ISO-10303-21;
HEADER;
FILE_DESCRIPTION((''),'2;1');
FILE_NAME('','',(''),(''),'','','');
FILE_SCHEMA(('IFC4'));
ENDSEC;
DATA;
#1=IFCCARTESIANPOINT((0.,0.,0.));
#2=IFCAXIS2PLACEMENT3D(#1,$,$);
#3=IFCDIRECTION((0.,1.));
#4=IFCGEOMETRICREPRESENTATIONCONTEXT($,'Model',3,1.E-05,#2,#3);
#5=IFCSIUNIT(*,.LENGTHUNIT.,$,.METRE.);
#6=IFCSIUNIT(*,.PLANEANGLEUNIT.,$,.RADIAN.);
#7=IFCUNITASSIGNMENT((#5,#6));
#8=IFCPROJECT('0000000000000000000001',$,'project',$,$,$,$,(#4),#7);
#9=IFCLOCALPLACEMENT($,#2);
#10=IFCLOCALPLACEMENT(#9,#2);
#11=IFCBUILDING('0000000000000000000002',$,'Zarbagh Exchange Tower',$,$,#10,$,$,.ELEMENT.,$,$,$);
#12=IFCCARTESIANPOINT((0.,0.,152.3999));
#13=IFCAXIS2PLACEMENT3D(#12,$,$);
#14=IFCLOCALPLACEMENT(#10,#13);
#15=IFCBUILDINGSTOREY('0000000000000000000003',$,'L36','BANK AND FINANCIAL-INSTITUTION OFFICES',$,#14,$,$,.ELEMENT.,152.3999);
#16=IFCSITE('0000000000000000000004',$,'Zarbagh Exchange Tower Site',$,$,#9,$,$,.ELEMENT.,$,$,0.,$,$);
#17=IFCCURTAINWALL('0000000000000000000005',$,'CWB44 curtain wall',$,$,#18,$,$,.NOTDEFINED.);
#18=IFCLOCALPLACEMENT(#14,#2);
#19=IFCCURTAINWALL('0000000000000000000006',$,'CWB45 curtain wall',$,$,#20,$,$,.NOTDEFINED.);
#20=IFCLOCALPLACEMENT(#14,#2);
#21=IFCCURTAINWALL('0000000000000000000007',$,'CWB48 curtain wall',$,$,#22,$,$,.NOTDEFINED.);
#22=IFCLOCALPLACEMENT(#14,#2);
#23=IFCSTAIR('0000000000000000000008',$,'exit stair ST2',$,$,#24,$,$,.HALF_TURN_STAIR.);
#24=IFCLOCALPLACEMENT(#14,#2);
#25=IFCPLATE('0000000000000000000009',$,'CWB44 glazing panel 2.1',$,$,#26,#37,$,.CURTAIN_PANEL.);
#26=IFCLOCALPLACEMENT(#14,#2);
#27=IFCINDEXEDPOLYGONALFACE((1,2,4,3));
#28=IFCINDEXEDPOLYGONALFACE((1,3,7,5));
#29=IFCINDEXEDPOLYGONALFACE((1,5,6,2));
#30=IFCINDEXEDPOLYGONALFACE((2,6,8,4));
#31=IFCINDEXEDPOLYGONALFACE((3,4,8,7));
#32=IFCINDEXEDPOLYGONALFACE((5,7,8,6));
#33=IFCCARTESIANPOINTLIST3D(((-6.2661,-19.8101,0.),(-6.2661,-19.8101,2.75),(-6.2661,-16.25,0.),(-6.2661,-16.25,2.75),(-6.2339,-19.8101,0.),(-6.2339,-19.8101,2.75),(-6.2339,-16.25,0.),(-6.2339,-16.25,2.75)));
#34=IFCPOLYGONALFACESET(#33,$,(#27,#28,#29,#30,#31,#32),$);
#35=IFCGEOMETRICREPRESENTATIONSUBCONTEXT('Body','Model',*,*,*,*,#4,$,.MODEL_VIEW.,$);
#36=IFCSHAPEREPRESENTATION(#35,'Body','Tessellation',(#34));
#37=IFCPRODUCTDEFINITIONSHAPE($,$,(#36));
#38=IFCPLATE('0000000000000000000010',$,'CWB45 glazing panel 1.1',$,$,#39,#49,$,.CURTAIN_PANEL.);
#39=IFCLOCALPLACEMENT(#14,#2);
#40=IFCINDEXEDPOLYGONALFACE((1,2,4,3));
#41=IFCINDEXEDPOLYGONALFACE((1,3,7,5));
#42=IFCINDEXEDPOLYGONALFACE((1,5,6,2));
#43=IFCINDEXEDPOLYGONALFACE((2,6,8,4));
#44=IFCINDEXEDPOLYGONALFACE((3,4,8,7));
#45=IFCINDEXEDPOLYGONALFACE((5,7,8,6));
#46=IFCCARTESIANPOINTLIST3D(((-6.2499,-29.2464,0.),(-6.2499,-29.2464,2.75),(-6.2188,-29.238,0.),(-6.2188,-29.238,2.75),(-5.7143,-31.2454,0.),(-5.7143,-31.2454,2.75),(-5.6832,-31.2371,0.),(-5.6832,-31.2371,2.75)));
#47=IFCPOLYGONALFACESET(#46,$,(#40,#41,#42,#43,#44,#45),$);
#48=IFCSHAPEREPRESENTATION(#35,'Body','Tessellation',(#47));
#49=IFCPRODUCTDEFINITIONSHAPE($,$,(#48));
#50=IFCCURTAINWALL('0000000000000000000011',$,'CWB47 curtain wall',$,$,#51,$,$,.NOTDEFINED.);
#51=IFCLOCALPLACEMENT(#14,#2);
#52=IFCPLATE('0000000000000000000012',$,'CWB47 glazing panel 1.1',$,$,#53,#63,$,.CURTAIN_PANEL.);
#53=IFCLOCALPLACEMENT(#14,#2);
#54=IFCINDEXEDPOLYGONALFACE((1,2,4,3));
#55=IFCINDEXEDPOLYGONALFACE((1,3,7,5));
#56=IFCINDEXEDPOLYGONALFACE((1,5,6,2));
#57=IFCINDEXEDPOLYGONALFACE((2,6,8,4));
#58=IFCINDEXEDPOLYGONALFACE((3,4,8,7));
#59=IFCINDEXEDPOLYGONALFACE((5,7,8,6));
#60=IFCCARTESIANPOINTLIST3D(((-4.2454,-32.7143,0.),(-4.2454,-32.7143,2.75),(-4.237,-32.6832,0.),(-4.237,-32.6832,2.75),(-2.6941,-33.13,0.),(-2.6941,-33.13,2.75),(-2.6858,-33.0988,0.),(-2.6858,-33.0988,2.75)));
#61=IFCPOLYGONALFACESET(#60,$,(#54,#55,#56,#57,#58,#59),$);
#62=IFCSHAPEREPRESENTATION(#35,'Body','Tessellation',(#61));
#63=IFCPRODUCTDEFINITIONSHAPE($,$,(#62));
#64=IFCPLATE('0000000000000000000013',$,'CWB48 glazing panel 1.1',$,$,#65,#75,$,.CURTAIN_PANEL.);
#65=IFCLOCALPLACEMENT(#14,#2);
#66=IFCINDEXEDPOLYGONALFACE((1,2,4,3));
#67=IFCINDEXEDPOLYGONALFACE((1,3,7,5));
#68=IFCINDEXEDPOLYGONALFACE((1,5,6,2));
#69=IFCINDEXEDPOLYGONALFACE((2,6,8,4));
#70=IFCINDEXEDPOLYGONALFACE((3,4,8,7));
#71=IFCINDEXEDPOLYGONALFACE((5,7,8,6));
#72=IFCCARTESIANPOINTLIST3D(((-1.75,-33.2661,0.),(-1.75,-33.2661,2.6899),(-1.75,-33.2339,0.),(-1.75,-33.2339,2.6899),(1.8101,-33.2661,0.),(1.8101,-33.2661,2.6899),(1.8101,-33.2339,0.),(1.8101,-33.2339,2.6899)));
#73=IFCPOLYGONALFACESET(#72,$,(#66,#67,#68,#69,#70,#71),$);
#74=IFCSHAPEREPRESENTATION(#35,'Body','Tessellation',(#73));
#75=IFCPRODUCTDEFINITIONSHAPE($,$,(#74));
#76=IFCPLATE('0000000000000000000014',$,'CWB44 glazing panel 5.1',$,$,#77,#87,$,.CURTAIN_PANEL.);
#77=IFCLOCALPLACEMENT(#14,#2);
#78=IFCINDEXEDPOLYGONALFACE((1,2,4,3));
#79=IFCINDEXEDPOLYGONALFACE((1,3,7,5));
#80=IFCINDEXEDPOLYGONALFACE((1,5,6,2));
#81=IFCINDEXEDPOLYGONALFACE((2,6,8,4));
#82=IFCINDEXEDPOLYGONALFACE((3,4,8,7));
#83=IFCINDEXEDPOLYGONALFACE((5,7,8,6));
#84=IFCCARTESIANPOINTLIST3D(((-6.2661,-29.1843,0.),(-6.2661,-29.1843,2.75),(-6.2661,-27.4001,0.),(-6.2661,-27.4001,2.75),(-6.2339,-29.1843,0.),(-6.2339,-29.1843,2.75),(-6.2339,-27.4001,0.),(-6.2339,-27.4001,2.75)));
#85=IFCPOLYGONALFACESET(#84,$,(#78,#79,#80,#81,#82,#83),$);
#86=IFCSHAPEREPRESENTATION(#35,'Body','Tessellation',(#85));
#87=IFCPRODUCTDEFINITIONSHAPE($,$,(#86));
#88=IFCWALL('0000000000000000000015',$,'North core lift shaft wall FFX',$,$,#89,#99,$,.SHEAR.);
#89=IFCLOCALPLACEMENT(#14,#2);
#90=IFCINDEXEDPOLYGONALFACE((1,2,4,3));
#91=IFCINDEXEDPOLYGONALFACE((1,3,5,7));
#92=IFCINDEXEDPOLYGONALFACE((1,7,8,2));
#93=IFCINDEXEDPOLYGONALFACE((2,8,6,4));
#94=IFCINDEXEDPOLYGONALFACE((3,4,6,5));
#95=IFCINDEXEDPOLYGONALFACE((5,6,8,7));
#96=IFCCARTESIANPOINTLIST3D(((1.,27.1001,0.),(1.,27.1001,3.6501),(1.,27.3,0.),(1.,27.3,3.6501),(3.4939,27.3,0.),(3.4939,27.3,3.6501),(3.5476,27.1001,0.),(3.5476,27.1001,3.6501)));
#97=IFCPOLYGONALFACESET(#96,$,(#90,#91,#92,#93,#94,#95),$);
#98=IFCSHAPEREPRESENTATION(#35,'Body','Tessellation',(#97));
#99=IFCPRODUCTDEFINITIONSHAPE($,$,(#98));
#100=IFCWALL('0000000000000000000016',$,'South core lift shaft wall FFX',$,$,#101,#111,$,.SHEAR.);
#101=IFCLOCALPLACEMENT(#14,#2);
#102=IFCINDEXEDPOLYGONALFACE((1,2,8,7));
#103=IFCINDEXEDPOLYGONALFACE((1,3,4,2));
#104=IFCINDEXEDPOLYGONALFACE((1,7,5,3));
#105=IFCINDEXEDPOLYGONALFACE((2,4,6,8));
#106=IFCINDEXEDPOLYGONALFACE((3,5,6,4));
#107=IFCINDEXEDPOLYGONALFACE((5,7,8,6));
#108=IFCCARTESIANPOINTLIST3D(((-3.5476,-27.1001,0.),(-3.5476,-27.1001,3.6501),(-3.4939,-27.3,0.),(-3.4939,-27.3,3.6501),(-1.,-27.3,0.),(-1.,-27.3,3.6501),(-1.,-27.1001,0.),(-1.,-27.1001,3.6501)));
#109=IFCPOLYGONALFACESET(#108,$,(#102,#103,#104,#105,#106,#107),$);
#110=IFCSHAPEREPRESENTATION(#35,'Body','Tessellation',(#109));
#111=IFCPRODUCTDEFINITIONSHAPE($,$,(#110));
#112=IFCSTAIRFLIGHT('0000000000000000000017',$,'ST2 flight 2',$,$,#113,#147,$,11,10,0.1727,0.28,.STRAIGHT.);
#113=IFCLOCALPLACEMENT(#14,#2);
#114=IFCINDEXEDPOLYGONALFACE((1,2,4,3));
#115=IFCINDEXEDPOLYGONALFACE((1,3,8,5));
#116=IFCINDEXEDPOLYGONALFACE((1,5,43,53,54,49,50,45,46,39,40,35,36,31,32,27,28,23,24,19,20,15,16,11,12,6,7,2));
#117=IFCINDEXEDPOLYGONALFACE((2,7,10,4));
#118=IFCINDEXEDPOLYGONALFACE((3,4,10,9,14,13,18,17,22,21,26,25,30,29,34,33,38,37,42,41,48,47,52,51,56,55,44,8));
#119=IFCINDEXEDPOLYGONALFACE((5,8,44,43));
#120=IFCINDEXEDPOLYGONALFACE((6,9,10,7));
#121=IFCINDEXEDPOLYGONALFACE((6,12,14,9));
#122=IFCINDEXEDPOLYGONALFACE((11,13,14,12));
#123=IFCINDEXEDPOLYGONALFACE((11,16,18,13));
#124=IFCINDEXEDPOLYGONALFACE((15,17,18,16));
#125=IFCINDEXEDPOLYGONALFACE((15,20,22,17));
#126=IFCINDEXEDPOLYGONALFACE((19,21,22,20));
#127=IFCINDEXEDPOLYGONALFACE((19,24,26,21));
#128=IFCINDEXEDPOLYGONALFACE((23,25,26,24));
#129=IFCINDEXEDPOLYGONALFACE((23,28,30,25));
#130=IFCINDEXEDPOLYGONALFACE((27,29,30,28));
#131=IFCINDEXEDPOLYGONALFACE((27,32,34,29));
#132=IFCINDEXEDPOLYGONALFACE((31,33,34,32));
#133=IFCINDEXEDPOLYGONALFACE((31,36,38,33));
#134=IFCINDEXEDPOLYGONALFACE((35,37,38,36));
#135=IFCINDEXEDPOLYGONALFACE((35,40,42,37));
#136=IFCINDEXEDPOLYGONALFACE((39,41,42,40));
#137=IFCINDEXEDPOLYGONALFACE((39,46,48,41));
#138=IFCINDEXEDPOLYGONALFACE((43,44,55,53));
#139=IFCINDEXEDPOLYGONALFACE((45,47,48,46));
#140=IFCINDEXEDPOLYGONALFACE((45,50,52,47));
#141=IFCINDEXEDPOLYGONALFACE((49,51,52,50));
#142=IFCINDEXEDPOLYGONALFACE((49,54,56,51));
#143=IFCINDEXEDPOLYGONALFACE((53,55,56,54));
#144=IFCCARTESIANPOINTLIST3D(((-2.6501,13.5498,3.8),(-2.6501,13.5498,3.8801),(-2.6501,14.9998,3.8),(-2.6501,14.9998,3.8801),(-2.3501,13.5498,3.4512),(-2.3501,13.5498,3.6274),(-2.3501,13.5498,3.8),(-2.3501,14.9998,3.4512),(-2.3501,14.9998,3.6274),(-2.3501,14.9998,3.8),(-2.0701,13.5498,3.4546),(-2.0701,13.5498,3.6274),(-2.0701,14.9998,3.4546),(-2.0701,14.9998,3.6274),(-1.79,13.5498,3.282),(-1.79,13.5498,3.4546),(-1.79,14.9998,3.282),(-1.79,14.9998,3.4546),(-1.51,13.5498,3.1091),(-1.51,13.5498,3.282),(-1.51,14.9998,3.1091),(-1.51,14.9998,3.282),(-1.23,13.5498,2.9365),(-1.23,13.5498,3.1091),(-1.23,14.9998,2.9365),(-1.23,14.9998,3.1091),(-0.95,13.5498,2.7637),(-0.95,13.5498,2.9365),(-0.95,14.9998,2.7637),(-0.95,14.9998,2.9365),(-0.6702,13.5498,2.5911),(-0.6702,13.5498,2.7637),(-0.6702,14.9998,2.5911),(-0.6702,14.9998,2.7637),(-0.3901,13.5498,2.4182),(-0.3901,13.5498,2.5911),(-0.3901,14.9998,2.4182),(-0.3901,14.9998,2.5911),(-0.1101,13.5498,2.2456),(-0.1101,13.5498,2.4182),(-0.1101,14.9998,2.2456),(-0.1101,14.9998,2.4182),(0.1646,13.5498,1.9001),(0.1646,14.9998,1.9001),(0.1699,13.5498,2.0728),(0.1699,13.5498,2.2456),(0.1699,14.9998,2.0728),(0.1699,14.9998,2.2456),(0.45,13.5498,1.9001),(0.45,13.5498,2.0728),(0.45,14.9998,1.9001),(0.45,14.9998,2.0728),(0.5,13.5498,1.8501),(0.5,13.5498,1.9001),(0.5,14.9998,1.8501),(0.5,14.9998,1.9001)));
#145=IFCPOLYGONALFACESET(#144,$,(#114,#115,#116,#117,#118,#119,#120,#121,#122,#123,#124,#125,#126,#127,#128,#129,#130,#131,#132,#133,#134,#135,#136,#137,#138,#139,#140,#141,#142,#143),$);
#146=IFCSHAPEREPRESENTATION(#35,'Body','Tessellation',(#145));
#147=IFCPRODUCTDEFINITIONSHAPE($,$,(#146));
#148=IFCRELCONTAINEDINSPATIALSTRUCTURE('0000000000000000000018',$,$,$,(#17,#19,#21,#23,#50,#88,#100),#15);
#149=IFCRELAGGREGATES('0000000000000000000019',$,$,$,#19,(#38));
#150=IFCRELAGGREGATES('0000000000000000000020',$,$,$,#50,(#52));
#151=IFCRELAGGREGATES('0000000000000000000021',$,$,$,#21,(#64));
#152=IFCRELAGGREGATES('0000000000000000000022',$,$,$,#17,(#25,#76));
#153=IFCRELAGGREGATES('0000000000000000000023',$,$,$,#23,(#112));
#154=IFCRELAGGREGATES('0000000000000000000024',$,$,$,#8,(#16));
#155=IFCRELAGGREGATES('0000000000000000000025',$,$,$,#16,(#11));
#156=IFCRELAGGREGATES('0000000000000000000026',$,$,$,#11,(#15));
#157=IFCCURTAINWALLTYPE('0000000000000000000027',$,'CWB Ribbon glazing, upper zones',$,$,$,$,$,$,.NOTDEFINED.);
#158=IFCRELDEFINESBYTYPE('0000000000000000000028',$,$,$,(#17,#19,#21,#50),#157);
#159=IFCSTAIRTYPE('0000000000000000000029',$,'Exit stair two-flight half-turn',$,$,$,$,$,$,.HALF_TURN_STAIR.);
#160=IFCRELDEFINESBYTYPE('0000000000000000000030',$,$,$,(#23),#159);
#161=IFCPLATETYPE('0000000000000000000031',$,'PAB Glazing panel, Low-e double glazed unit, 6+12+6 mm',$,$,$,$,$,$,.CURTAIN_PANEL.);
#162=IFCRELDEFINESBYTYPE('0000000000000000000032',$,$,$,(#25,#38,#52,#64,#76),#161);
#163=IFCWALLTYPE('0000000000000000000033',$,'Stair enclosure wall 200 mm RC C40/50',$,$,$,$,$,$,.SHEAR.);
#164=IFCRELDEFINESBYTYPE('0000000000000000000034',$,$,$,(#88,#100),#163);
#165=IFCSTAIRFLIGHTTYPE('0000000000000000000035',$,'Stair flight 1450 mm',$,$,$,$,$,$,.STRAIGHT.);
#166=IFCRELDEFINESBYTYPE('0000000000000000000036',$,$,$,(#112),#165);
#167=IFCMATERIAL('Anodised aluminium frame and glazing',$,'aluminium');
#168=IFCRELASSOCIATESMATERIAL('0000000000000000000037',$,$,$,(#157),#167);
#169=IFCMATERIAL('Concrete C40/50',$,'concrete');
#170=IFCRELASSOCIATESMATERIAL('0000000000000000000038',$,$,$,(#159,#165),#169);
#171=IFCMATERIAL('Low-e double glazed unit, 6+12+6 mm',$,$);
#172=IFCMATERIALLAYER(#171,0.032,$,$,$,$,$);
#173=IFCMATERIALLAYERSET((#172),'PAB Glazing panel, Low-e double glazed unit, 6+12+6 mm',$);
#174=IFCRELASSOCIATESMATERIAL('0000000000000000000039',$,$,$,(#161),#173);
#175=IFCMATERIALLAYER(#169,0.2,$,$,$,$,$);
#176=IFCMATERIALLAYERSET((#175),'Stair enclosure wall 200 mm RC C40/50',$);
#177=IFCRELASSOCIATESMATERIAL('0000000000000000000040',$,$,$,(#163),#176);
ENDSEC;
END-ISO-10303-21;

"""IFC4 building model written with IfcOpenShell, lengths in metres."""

from ifc_helpers import new_model, si_unit, direction, frame, origin, place, context, subcontext, project, spatial, polyline, outline, extrude, source, transform, mapped, material, layer, layer_set, type_object, element, aggregate, save


model = new_model("IFC4")

# Units and contexts
model_context = context("Model", 3, precision=1e-05, world=origin(), true_north=direction((0.0, 1.0)))
body_context = subcontext(model_context, "Body", "Model", "MODEL_VIEW")
ifc_project = project(units=[si_unit("LENGTHUNIT", "METRE"), si_unit("PLANEANGLEUNIT", "RADIAN")], contexts=[model_context])

# Site, building, storey
site_placement = place(None, origin())
site = spatial("IfcSite", under=ifc_project, at=site_placement, Name="Zarbagh Exchange Tower Site", CompositionType="ELEMENT", RefElevation=0.0)
building_placement = place(site_placement, origin())
building = spatial("IfcBuilding", under=site, at=building_placement, Name="Zarbagh Exchange Tower", CompositionType="ELEMENT")
storey_placement = place(building_placement, frame((0.0, 0.0, 152.3999)))
storey = spatial("IfcBuildingStorey", under=building, at=storey_placement, Name="L36", Description="BANK AND FINANCIAL-INSTITUTION OFFICES", CompositionType="ELEMENT", Elevation=152.3999)

# Curtain wall
ifc_material_1 = material(Name="Anodised aluminium frame and glazing", Category="aluminium")
curtain_wall_type = type_object("IfcCurtainWallType", Name="CWB Ribbon glazing, upper zones", PredefinedType="NOTDEFINED", material=ifc_material_1)
curtain_wall_1_placement = place(storey_placement, origin())
curtain_wall_1 = element("IfcCurtainWall", 1, at=curtain_wall_1_placement, inside=storey, type_object=curtain_wall_type, Name="CWB44 curtain wall", PredefinedType="NOTDEFINED")
placement = place(storey_placement, origin())

# Curtain wall
curtain_wall_2_placement = place(storey_placement, origin())
curtain_wall_2 = element("IfcCurtainWall", 2, at=curtain_wall_2_placement, inside=storey, type_object=curtain_wall_type, Name="CWB45 curtain wall", PredefinedType="NOTDEFINED")

# Curtain wall
curtain_wall_3_placement = place(storey_placement, origin())
curtain_wall_3 = element("IfcCurtainWall", 3, at=curtain_wall_3_placement, inside=storey, type_object=curtain_wall_type, Name="CWB48 curtain wall", PredefinedType="NOTDEFINED")

# Stair
ifc_material_2 = material(Name="Concrete C40/50", Category="concrete")
stair_type = type_object("IfcStairType", Name="Exit stair two-flight half-turn", PredefinedType="HALF_TURN_STAIR", material=ifc_material_2)
stair_1_placement = place(storey_placement, origin())
stair_1 = element("IfcStair", 4, at=stair_1_placement, inside=storey, type_object=stair_type, Name="exit stair ST2", PredefinedType="HALF_TURN_STAIR")

# Shared definitions
ifc_material_3 = material(Name="Low-e double glazed unit, 6+12+6 mm")
ifc_layer_1 = layer(ifc_material_3, 0.032)
ifc_layer_set_1 = layer_set([ifc_layer_1], Name="PAB Glazing panel, Low-e double glazed unit, 6+12+6 mm")
plate_type = type_object("IfcPlateType", Name="PAB Glazing panel, Low-e double glazed unit, 6+12+6 mm", PredefinedType="CURTAIN_PANEL", material=ifc_layer_set_1)

# Plates
shared_shape_1 = source(origin(), body_context, "Body", "SweptSolid", [
    extrude(outline(polyline([(0.0, -0.0161), (3.5601, -0.0161), (3.5601, 0.0161), (0.0, 0.0161), (0.0, -0.0161)])), origin(), (0.0, 0.0, 1.0), 2.75),
])
plate_1 = element("IfcPlate", 5, at=placement, type_object=plate_type, Name="CWB44 glazing panel 2.1", PredefinedType="CURTAIN_PANEL", context=body_context, shape_type="MappedRepresentation", body=[
    mapped(shared_shape_1, transform((-6.25, -16.25, 0.0), x_axis=(0.0, -1.0, 0.0), y_axis=(1.0, 0.0, 0.0), z_axis=(0.0, 0.0, 1.0))),
])
shared_shape_2 = source(origin(), body_context, "Body", "SweptSolid", [
    extrude(outline(polyline([(0.0, -0.0161), (2.0696, -0.0161), (2.0696, 0.0161), (0.0, 0.0161), (0.0, -0.0161)])), origin(), (0.0, 0.0, 1.0), 2.75),
])
plate_2 = element("IfcPlate", 6, at=placement, type_object=plate_type, Name="CWB45 glazing panel 1.1", PredefinedType="CURTAIN_PANEL", context=body_context, shape_type="MappedRepresentation", body=[
    mapped(shared_shape_2, transform((-6.2344, -29.2422, 0.0), x_axis=(0.258825, -0.965924, 0.0), y_axis=(0.965924, 0.258825, 0.0), z_axis=(0.0, 0.0, 1.0))),
])
aggregate(curtain_wall_2, [plate_2])

# Curtain wall, plate
curtain_wall_4_placement = place(storey_placement, origin())
curtain_wall_4 = element("IfcCurtainWall", 7, at=curtain_wall_4_placement, inside=storey, type_object=curtain_wall_type, Name="CWB47 curtain wall", PredefinedType="NOTDEFINED")
shared_shape_3 = source(origin(), body_context, "Body", "SweptSolid", [
    extrude(outline(polyline([(0.0, -0.0161), (1.606, -0.0161), (1.606, 0.0161), (0.0, 0.0161), (0.0, -0.0161)])), origin(), (0.0, 0.0, 1.0), 2.75),
])
plate_3 = element("IfcPlate", 8, at=placement, type_object=plate_type, Name="CWB47 glazing panel 1.1", PredefinedType="CURTAIN_PANEL", context=body_context, shape_type="MappedRepresentation", body=[
    mapped(shared_shape_3, transform((-4.2412, -32.6987, 0.0), x_axis=(0.965924, -0.258825, 0.0), y_axis=(0.258825, 0.965924, 0.0), z_axis=(0.0, 0.0, 1.0))),
])
aggregate(curtain_wall_4, [plate_3])

# Plates
shared_shape_4 = source(origin(), body_context, "Body", "SweptSolid", [
    extrude(outline(polyline([(0.0, -0.0161), (3.5601, -0.0161), (3.5601, 0.0161), (0.0, 0.0161), (0.0, -0.0161)])), origin(), (0.0, 0.0, 1.0), 2.6899),
])
plate_4 = element("IfcPlate", 9, at=placement, type_object=plate_type, Name="CWB48 glazing panel 1.1", PredefinedType="CURTAIN_PANEL", context=body_context, shape_type="MappedRepresentation", body=[
    mapped(shared_shape_4, transform((-1.75, -33.25, 0.0), x_axis=(1.0, 0.0, 0.0), y_axis=(0.0, 1.0, 0.0), z_axis=(0.0, 0.0, 1.0))),
])
aggregate(curtain_wall_3, [plate_4])
shared_shape_5 = source(origin(), body_context, "Body", "SweptSolid", [
    extrude(outline(polyline([(0.0, -0.0161), (1.7842, -0.0161), (1.7842, 0.0161), (0.0, 0.0161), (0.0, -0.0161)])), origin(), (0.0, 0.0, 1.0), 2.75),
])
plate_5 = element("IfcPlate", 10, at=placement, type_object=plate_type, Name="CWB44 glazing panel 5.1", PredefinedType="CURTAIN_PANEL", context=body_context, shape_type="MappedRepresentation", body=[
    mapped(shared_shape_5, transform((-6.25, -27.4001, 0.0), x_axis=(0.0, -1.0, 0.0), y_axis=(1.0, 0.0, 0.0), z_axis=(0.0, 0.0, 1.0))),
])
aggregate(curtain_wall_1, [plate_1, plate_5])

# Walls
ifc_layer_2 = layer(ifc_material_2, 0.2)
ifc_layer_set_2 = layer_set([ifc_layer_2], Name="Stair enclosure wall 200 mm RC C40/50")
wall_type = type_object("IfcWallType", Name="Stair enclosure wall 200 mm RC C40/50", PredefinedType="SHEAR", material=ifc_layer_set_2)
wall_1_placement = place(storey_placement, origin())
element("IfcWall", 11, at=wall_1_placement, inside=storey, type_object=wall_type, Name="North core lift shaft wall FFX", PredefinedType="SHEAR", context=body_context, shape_type="SweptSolid", body=[
    extrude(outline(polyline([(1.0, 27.1001), (3.5476, 27.1001), (3.4939, 27.3), (1.0, 27.3), (1.0, 27.1001)])), origin(), (0.0, 0.0, 1.0), 3.6501),
])
wall_2_placement = place(storey_placement, origin())
element("IfcWall", 12, at=wall_2_placement, inside=storey, type_object=wall_type, Name="South core lift shaft wall FFX", PredefinedType="SHEAR", context=body_context, shape_type="SweptSolid", body=[
    extrude(outline(polyline([(-1.0, -27.1001), (-3.5476, -27.1001), (-3.4939, -27.3), (-1.0, -27.3), (-1.0, -27.1001)])), origin(), (0.0, 0.0, 1.0), 3.6501),
])

# Stair flight
stair_flight_type = type_object("IfcStairFlightType", Name="Stair flight 1450 mm", PredefinedType="STRAIGHT", material=ifc_material_2)
stair_flight_placement = place(storey_placement, frame((0.45, 14.2749, 1.9001), z_axis=(0.0, 0.0, 1.0), x_axis=(-1.0, 0.0, 0.0)))
stair_flight = element("IfcStairFlight", 13, at=stair_flight_placement, type_object=stair_flight_type, Name="ST2 flight 2", NumberOfRisers=11, NumberOfTreads=10, PredefinedType="STRAIGHT", RiserHeight=0.1727, TreadLength=0.28, context=body_context, shape_type="SweptSolid", body=[
    extrude(outline(polyline([(-0.05, -0.05), (-0.05, 0.0), (0.0, 0.0), (0.0, 0.1726), (0.28, 0.1726), (0.28, 0.3455), (0.5601, 0.3455), (0.5601, 0.5181), (0.8401, 0.5181), (0.8401, 0.6909), (1.1201, 0.6909), (1.1201, 0.8635), (1.3999, 0.8635), (1.3999, 1.0364), (1.6799, 1.0364), (1.6799, 1.209), (1.96, 1.209), (1.96, 1.3818), (2.24, 1.3818), (2.24, 1.5544), (2.52, 1.5544), (2.52, 1.7273), (2.8, 1.7273), (2.8, 1.8999), (3.1001, 1.98), (3.1001, 1.8999), (2.8, 1.551), (0.2854, 0.0), (-0.05, -0.05)])), frame((0.0, 0.7251, 0.0), z_axis=(0.0, -1.0, 0.0), x_axis=(1.0, 0.0, 0.0)), (0.0, 0.0, 1.0), 1.45),
])
aggregate(stair_1, [stair_flight])

save(model, "model.ifc")
